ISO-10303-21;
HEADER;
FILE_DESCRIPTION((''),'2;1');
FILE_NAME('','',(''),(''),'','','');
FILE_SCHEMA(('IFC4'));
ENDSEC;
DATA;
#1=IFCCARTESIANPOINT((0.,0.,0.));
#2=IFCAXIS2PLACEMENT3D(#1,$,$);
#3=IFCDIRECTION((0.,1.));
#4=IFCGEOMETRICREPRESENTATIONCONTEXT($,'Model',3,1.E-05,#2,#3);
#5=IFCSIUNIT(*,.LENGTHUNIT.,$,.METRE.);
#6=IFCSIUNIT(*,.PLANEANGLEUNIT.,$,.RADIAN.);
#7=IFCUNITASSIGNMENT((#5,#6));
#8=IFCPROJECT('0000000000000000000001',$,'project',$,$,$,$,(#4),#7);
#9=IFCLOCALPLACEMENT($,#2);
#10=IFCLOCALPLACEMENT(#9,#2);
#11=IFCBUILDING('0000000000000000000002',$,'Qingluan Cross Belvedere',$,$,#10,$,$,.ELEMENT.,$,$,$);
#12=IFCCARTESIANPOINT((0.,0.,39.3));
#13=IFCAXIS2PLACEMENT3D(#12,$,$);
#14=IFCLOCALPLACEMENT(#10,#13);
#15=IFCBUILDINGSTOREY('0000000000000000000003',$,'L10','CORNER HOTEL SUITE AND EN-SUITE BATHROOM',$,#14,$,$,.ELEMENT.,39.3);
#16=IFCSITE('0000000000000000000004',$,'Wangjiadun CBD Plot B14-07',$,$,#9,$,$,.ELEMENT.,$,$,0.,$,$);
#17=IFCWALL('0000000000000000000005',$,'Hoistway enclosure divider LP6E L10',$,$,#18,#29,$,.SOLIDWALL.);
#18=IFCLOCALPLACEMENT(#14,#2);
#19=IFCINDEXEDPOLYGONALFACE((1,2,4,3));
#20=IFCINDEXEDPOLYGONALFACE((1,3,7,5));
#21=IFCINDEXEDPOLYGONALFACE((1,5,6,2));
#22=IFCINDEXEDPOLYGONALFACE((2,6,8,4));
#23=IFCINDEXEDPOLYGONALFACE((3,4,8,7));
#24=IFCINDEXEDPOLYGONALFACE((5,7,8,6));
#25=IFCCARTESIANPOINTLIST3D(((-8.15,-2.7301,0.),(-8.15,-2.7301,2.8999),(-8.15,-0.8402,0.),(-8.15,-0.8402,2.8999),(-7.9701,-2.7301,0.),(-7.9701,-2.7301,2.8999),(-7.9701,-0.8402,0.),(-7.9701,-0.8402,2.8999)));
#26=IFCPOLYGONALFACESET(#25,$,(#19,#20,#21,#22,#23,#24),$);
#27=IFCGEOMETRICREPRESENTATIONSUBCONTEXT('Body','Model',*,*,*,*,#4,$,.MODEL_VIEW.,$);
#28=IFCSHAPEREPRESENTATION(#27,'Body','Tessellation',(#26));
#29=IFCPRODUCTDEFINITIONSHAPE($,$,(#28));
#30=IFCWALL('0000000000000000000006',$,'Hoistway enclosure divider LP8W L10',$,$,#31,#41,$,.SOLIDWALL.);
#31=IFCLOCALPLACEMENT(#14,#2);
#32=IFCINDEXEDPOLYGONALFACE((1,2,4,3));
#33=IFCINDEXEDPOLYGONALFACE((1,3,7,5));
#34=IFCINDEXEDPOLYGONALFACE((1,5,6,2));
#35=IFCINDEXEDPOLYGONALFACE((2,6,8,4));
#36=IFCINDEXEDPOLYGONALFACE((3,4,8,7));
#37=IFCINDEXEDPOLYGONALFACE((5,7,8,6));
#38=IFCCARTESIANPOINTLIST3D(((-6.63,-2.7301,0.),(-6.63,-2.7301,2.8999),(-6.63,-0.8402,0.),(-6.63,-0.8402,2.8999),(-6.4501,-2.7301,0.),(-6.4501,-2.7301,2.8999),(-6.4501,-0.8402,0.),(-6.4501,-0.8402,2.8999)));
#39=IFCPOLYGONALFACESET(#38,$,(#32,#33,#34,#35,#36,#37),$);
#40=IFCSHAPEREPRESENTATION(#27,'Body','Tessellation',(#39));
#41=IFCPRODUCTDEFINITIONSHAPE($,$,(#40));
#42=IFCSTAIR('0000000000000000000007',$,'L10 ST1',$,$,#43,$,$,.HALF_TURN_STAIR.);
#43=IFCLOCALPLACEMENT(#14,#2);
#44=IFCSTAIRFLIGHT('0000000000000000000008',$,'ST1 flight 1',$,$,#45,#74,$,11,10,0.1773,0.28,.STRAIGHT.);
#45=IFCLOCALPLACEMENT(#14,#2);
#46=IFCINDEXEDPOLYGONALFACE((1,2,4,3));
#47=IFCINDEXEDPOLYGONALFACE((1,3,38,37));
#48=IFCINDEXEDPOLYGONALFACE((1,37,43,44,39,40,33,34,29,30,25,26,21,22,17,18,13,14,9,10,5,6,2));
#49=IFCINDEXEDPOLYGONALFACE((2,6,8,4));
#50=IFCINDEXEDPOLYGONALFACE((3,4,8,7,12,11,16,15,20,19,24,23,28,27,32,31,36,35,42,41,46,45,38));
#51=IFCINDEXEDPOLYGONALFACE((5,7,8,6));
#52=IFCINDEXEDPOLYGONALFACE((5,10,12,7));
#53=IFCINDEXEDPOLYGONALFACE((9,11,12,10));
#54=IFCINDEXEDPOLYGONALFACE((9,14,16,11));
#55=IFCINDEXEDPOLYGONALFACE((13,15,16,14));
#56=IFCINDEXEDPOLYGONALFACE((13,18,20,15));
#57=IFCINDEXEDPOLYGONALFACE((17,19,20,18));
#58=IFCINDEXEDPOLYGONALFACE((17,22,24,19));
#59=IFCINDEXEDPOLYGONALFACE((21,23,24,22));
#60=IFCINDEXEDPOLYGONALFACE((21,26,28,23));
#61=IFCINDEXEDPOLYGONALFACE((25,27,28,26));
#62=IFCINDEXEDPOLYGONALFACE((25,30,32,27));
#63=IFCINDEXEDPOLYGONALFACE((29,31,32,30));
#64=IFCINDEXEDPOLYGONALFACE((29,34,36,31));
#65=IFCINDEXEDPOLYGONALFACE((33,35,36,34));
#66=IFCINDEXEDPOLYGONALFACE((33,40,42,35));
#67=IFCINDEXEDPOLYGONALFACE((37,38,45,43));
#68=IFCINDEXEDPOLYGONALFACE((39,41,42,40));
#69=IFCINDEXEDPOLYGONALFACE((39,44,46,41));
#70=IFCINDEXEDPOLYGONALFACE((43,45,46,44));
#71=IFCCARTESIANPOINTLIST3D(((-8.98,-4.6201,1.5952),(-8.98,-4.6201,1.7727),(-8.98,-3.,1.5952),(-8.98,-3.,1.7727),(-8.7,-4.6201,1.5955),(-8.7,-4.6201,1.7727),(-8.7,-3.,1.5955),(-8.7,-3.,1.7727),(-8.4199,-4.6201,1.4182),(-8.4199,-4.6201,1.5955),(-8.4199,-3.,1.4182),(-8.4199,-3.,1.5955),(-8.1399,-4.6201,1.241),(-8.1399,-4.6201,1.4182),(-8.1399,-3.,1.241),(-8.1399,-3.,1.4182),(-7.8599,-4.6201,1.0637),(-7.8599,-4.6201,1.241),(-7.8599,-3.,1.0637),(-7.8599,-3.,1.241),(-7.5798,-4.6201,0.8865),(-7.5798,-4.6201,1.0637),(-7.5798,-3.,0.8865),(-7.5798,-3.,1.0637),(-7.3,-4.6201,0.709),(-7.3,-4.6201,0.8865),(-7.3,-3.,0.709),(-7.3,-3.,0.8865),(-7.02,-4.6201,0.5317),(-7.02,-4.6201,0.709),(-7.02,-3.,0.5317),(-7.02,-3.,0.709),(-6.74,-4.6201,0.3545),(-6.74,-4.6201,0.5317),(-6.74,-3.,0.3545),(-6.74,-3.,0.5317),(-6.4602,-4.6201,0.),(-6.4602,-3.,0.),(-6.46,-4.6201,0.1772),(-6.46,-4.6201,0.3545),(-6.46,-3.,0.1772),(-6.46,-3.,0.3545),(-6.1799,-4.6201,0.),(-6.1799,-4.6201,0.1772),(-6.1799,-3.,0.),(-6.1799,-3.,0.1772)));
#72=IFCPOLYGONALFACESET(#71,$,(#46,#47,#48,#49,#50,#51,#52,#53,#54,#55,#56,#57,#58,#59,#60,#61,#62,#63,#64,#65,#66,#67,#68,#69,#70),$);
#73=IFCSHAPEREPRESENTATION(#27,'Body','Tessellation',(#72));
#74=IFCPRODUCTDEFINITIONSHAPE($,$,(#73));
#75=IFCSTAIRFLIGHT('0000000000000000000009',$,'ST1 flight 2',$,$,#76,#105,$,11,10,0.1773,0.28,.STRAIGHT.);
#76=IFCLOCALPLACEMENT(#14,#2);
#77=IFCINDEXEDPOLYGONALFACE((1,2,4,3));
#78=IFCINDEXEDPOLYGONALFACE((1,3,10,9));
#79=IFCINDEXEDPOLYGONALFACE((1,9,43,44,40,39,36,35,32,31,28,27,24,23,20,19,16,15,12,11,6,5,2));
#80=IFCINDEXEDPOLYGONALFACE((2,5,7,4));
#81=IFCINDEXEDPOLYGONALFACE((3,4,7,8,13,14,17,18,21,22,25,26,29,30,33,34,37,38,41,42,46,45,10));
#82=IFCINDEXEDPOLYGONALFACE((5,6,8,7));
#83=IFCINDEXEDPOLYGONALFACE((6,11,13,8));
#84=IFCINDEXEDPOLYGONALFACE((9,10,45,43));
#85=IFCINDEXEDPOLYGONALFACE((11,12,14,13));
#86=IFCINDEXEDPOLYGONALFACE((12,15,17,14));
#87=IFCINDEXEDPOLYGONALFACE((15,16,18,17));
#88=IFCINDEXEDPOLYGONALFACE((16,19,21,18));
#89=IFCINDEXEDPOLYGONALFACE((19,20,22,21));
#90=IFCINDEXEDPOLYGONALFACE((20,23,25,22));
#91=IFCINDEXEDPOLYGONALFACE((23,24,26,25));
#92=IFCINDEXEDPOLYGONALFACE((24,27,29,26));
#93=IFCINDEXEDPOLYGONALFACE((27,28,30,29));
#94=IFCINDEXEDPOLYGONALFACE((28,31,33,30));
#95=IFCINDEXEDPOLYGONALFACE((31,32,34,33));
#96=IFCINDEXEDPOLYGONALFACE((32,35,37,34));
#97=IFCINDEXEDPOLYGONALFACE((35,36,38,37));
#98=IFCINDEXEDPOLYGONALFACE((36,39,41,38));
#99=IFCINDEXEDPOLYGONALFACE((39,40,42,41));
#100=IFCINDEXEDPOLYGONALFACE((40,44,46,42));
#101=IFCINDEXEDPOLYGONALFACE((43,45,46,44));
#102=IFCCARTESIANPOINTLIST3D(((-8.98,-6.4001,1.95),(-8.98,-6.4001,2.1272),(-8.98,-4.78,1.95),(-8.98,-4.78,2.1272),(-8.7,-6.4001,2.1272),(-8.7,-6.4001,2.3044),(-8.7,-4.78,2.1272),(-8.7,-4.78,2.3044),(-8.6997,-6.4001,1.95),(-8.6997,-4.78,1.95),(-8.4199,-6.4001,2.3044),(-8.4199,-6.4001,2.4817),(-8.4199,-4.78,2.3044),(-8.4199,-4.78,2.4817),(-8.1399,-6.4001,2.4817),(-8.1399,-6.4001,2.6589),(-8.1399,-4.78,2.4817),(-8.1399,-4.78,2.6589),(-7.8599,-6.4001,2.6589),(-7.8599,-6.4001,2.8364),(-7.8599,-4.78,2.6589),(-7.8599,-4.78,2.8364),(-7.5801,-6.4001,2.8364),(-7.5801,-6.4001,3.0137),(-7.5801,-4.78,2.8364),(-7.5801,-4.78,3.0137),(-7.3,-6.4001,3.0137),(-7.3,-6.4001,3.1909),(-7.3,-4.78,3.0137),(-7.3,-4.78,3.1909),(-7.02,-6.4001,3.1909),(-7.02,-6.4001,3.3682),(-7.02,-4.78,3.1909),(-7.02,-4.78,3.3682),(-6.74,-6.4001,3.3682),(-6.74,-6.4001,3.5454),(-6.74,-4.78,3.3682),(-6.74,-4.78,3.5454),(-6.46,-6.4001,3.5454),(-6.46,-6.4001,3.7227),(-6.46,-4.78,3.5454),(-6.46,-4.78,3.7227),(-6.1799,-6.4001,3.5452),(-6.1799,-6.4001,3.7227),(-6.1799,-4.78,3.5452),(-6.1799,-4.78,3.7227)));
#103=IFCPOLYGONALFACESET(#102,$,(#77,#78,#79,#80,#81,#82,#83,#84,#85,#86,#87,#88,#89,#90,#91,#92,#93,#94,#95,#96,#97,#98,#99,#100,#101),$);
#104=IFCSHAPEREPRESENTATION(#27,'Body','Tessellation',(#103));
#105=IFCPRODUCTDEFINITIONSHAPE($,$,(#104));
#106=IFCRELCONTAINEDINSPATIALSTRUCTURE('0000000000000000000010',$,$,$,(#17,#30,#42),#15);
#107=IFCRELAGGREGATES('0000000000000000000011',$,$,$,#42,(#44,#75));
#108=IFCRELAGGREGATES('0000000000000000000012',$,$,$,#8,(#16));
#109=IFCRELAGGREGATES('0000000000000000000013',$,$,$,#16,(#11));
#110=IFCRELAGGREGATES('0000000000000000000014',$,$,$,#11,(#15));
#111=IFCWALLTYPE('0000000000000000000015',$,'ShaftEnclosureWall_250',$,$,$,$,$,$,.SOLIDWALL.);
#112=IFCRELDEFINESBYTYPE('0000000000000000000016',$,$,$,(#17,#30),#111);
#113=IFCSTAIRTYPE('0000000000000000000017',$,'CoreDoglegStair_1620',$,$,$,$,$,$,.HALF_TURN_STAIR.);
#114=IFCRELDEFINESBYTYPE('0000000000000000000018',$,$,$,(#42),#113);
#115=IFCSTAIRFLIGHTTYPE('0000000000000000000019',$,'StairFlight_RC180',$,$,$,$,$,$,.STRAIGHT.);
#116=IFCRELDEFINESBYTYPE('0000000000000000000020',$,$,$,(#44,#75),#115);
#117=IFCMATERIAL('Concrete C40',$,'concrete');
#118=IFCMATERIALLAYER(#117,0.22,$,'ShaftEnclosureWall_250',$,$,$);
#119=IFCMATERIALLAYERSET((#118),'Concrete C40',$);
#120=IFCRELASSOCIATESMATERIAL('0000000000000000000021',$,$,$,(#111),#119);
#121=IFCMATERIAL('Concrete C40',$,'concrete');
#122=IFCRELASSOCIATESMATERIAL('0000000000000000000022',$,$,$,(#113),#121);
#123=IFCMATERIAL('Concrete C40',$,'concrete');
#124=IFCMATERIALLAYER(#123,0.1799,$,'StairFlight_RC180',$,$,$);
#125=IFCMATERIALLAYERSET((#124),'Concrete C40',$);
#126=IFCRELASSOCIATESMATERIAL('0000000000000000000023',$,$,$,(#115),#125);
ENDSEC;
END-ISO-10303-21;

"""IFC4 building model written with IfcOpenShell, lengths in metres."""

from ifc_helpers import new_model, si_unit, direction, frame, frame_2d, origin, place, context, subcontext, project, spatial, polyline, rectangle, outline, extrude, material, layer, layer_set, type_object, element, aggregate, save


model = new_model("IFC4")

# Units and contexts
model_context = context("Model", 3, precision=1e-05, world=origin(), true_north=direction((0.0, 1.0)))
body_context = subcontext(model_context, "Body", "Model", "MODEL_VIEW")
ifc_project = project(units=[si_unit("LENGTHUNIT", "METRE"), si_unit("PLANEANGLEUNIT", "RADIAN")], contexts=[model_context])

# Site, building, storey
site_placement = place(None, origin())
site = spatial("IfcSite", under=ifc_project, at=site_placement, Name="Wangjiadun CBD Plot B14-07", CompositionType="ELEMENT", RefElevation=0.0)
building_placement = place(site_placement, origin())
building = spatial("IfcBuilding", under=site, at=building_placement, Name="Qingluan Cross Belvedere", CompositionType="ELEMENT")
storey_placement = place(building_placement, frame((0.0, 0.0, 39.3)))
storey = spatial("IfcBuildingStorey", under=building, at=storey_placement, Name="L10", Description="CORNER HOTEL SUITE AND EN-SUITE BATHROOM", CompositionType="ELEMENT", Elevation=39.3)

# Walls
ifc_material_1 = material(Name="Concrete C40", Category="concrete")
ifc_layer_1 = layer(ifc_material_1, 0.22, Name="ShaftEnclosureWall_250")
ifc_layer_set_1 = layer_set([ifc_layer_1], Name="Concrete C40")
wall_type_1 = type_object("IfcWallType", Name="ShaftEnclosureWall_250", PredefinedType="SOLIDWALL", material=ifc_layer_set_1)
for number, where, z_axis, x_axis, name in (
    (1, (-8.0601, -2.73, 0.0), (0.0, 0.0, 1.0), (0.0, 1.0, 0.0), "Hoistway enclosure divider LP6E L10"),
    (2, (-6.54, -2.73, 0.0), (0.0, 0.0, 1.0), (0.0, 1.0, 0.0), "Hoistway enclosure divider LP8W L10"),
):
    element("IfcWall", number, at=place(storey_placement, frame(where, z_axis=z_axis, x_axis=x_axis)), inside=storey, type_object=wall_type_1, Name=name, PredefinedType="SOLIDWALL", context=body_context, shape_type="SweptSolid", body=[
        extrude(rectangle(XDim=1.8899, YDim=0.1799, at=frame_2d((0.9448, 0.0))), origin(), (0.0, 0.0, 1.0), 2.8999),
    ])

# Stair, stair flights
ifc_material_2 = material(Name="Concrete C40", Category="concrete")
stair_type = type_object("IfcStairType", Name="CoreDoglegStair_1620", PredefinedType="HALF_TURN_STAIR", material=ifc_material_2)
stair_placement = place(storey_placement, origin())
stair = element("IfcStair", 3, at=stair_placement, inside=storey, type_object=stair_type, Name="L10 ST1", PredefinedType="HALF_TURN_STAIR")
ifc_material_3 = material(Name="Concrete C40", Category="concrete")
ifc_layer_2 = layer(ifc_material_3, 0.1799, Name="StairFlight_RC180")
ifc_layer_set_2 = layer_set([ifc_layer_2], Name="Concrete C40")
stair_flight_type = type_object("IfcStairFlightType", Name="StairFlight_RC180", PredefinedType="STRAIGHT", material=ifc_layer_set_2)
stair_flight_1_placement = place(storey_placement, frame((-6.1799, -3.8101, 0.0), z_axis=(0.0, 0.0, 1.0), x_axis=(-1.0, 0.0, 0.0)))
stair_flight_1 = element("IfcStairFlight", 4, at=stair_flight_1_placement, type_object=stair_flight_type, Name="ST1 flight 1", NumberOfRisers=11, NumberOfTreads=10, PredefinedType="STRAIGHT", RiserHeight=0.1773, TreadLength=0.28, context=body_context, shape_type="SweptSolid", body=[
    extrude(outline(polyline([(0.0, 0.0), (0.0, 0.1772), (0.28, 0.1772), (0.28, 0.3545), (0.5601, 0.3545), (0.5601, 0.5317), (0.8401, 0.5317), (0.8401, 0.709), (1.1201, 0.709), (1.1201, 0.8865), (1.3999, 0.8865), (1.3999, 1.0637), (1.6799, 1.0637), (1.6799, 1.241), (1.96, 1.241), (1.96, 1.4182), (2.24, 1.4182), (2.24, 1.5955), (2.52, 1.5955), (2.52, 1.7727), (2.8, 1.7727), (2.8, 1.95), (2.8, 1.5952), (0.2803, 0.0), (0.0, 0.0)])), frame((0.0, 0.8101, 0.0), z_axis=(0.0, -1.0, 0.0), x_axis=(1.0, 0.0, 0.0)), (0.0, 0.0, 1.0), 1.6201),
])
stair_flight_2_placement = place(storey_placement, frame((-8.98, -5.5901, 1.95), z_axis=(0.0, 0.0, 1.0), x_axis=(1.0, 0.0, 0.0)))
stair_flight_2 = element("IfcStairFlight", 5, at=stair_flight_2_placement, type_object=stair_flight_type, Name="ST1 flight 2", NumberOfRisers=11, NumberOfTreads=10, PredefinedType="STRAIGHT", RiserHeight=0.1773, TreadLength=0.28, context=body_context, shape_type="SweptSolid", body=[
    extrude(outline(polyline([(0.0, 0.0), (0.0, 0.1772), (0.28, 0.1772), (0.28, 0.3545), (0.5601, 0.3545), (0.5601, 0.5317), (0.8401, 0.5317), (0.8401, 0.709), (1.1201, 0.709), (1.1201, 0.8865), (1.3999, 0.8865), (1.3999, 1.0637), (1.6799, 1.0637), (1.6799, 1.241), (1.96, 1.241), (1.96, 1.4182), (2.24, 1.4182), (2.24, 1.5955), (2.52, 1.5955), (2.52, 1.7727), (2.8, 1.7727), (2.8, 1.95), (2.8, 1.5952), (0.2803, 0.0), (0.0, 0.0)])), frame((0.0, 0.8101, 0.0), z_axis=(0.0, -1.0, 0.0), x_axis=(1.0, 0.0, 0.0)), (0.0, 0.0, 1.0), 1.6201),
])
aggregate(stair, [stair_flight_1, stair_flight_2])

save(model, "model.ifc")
